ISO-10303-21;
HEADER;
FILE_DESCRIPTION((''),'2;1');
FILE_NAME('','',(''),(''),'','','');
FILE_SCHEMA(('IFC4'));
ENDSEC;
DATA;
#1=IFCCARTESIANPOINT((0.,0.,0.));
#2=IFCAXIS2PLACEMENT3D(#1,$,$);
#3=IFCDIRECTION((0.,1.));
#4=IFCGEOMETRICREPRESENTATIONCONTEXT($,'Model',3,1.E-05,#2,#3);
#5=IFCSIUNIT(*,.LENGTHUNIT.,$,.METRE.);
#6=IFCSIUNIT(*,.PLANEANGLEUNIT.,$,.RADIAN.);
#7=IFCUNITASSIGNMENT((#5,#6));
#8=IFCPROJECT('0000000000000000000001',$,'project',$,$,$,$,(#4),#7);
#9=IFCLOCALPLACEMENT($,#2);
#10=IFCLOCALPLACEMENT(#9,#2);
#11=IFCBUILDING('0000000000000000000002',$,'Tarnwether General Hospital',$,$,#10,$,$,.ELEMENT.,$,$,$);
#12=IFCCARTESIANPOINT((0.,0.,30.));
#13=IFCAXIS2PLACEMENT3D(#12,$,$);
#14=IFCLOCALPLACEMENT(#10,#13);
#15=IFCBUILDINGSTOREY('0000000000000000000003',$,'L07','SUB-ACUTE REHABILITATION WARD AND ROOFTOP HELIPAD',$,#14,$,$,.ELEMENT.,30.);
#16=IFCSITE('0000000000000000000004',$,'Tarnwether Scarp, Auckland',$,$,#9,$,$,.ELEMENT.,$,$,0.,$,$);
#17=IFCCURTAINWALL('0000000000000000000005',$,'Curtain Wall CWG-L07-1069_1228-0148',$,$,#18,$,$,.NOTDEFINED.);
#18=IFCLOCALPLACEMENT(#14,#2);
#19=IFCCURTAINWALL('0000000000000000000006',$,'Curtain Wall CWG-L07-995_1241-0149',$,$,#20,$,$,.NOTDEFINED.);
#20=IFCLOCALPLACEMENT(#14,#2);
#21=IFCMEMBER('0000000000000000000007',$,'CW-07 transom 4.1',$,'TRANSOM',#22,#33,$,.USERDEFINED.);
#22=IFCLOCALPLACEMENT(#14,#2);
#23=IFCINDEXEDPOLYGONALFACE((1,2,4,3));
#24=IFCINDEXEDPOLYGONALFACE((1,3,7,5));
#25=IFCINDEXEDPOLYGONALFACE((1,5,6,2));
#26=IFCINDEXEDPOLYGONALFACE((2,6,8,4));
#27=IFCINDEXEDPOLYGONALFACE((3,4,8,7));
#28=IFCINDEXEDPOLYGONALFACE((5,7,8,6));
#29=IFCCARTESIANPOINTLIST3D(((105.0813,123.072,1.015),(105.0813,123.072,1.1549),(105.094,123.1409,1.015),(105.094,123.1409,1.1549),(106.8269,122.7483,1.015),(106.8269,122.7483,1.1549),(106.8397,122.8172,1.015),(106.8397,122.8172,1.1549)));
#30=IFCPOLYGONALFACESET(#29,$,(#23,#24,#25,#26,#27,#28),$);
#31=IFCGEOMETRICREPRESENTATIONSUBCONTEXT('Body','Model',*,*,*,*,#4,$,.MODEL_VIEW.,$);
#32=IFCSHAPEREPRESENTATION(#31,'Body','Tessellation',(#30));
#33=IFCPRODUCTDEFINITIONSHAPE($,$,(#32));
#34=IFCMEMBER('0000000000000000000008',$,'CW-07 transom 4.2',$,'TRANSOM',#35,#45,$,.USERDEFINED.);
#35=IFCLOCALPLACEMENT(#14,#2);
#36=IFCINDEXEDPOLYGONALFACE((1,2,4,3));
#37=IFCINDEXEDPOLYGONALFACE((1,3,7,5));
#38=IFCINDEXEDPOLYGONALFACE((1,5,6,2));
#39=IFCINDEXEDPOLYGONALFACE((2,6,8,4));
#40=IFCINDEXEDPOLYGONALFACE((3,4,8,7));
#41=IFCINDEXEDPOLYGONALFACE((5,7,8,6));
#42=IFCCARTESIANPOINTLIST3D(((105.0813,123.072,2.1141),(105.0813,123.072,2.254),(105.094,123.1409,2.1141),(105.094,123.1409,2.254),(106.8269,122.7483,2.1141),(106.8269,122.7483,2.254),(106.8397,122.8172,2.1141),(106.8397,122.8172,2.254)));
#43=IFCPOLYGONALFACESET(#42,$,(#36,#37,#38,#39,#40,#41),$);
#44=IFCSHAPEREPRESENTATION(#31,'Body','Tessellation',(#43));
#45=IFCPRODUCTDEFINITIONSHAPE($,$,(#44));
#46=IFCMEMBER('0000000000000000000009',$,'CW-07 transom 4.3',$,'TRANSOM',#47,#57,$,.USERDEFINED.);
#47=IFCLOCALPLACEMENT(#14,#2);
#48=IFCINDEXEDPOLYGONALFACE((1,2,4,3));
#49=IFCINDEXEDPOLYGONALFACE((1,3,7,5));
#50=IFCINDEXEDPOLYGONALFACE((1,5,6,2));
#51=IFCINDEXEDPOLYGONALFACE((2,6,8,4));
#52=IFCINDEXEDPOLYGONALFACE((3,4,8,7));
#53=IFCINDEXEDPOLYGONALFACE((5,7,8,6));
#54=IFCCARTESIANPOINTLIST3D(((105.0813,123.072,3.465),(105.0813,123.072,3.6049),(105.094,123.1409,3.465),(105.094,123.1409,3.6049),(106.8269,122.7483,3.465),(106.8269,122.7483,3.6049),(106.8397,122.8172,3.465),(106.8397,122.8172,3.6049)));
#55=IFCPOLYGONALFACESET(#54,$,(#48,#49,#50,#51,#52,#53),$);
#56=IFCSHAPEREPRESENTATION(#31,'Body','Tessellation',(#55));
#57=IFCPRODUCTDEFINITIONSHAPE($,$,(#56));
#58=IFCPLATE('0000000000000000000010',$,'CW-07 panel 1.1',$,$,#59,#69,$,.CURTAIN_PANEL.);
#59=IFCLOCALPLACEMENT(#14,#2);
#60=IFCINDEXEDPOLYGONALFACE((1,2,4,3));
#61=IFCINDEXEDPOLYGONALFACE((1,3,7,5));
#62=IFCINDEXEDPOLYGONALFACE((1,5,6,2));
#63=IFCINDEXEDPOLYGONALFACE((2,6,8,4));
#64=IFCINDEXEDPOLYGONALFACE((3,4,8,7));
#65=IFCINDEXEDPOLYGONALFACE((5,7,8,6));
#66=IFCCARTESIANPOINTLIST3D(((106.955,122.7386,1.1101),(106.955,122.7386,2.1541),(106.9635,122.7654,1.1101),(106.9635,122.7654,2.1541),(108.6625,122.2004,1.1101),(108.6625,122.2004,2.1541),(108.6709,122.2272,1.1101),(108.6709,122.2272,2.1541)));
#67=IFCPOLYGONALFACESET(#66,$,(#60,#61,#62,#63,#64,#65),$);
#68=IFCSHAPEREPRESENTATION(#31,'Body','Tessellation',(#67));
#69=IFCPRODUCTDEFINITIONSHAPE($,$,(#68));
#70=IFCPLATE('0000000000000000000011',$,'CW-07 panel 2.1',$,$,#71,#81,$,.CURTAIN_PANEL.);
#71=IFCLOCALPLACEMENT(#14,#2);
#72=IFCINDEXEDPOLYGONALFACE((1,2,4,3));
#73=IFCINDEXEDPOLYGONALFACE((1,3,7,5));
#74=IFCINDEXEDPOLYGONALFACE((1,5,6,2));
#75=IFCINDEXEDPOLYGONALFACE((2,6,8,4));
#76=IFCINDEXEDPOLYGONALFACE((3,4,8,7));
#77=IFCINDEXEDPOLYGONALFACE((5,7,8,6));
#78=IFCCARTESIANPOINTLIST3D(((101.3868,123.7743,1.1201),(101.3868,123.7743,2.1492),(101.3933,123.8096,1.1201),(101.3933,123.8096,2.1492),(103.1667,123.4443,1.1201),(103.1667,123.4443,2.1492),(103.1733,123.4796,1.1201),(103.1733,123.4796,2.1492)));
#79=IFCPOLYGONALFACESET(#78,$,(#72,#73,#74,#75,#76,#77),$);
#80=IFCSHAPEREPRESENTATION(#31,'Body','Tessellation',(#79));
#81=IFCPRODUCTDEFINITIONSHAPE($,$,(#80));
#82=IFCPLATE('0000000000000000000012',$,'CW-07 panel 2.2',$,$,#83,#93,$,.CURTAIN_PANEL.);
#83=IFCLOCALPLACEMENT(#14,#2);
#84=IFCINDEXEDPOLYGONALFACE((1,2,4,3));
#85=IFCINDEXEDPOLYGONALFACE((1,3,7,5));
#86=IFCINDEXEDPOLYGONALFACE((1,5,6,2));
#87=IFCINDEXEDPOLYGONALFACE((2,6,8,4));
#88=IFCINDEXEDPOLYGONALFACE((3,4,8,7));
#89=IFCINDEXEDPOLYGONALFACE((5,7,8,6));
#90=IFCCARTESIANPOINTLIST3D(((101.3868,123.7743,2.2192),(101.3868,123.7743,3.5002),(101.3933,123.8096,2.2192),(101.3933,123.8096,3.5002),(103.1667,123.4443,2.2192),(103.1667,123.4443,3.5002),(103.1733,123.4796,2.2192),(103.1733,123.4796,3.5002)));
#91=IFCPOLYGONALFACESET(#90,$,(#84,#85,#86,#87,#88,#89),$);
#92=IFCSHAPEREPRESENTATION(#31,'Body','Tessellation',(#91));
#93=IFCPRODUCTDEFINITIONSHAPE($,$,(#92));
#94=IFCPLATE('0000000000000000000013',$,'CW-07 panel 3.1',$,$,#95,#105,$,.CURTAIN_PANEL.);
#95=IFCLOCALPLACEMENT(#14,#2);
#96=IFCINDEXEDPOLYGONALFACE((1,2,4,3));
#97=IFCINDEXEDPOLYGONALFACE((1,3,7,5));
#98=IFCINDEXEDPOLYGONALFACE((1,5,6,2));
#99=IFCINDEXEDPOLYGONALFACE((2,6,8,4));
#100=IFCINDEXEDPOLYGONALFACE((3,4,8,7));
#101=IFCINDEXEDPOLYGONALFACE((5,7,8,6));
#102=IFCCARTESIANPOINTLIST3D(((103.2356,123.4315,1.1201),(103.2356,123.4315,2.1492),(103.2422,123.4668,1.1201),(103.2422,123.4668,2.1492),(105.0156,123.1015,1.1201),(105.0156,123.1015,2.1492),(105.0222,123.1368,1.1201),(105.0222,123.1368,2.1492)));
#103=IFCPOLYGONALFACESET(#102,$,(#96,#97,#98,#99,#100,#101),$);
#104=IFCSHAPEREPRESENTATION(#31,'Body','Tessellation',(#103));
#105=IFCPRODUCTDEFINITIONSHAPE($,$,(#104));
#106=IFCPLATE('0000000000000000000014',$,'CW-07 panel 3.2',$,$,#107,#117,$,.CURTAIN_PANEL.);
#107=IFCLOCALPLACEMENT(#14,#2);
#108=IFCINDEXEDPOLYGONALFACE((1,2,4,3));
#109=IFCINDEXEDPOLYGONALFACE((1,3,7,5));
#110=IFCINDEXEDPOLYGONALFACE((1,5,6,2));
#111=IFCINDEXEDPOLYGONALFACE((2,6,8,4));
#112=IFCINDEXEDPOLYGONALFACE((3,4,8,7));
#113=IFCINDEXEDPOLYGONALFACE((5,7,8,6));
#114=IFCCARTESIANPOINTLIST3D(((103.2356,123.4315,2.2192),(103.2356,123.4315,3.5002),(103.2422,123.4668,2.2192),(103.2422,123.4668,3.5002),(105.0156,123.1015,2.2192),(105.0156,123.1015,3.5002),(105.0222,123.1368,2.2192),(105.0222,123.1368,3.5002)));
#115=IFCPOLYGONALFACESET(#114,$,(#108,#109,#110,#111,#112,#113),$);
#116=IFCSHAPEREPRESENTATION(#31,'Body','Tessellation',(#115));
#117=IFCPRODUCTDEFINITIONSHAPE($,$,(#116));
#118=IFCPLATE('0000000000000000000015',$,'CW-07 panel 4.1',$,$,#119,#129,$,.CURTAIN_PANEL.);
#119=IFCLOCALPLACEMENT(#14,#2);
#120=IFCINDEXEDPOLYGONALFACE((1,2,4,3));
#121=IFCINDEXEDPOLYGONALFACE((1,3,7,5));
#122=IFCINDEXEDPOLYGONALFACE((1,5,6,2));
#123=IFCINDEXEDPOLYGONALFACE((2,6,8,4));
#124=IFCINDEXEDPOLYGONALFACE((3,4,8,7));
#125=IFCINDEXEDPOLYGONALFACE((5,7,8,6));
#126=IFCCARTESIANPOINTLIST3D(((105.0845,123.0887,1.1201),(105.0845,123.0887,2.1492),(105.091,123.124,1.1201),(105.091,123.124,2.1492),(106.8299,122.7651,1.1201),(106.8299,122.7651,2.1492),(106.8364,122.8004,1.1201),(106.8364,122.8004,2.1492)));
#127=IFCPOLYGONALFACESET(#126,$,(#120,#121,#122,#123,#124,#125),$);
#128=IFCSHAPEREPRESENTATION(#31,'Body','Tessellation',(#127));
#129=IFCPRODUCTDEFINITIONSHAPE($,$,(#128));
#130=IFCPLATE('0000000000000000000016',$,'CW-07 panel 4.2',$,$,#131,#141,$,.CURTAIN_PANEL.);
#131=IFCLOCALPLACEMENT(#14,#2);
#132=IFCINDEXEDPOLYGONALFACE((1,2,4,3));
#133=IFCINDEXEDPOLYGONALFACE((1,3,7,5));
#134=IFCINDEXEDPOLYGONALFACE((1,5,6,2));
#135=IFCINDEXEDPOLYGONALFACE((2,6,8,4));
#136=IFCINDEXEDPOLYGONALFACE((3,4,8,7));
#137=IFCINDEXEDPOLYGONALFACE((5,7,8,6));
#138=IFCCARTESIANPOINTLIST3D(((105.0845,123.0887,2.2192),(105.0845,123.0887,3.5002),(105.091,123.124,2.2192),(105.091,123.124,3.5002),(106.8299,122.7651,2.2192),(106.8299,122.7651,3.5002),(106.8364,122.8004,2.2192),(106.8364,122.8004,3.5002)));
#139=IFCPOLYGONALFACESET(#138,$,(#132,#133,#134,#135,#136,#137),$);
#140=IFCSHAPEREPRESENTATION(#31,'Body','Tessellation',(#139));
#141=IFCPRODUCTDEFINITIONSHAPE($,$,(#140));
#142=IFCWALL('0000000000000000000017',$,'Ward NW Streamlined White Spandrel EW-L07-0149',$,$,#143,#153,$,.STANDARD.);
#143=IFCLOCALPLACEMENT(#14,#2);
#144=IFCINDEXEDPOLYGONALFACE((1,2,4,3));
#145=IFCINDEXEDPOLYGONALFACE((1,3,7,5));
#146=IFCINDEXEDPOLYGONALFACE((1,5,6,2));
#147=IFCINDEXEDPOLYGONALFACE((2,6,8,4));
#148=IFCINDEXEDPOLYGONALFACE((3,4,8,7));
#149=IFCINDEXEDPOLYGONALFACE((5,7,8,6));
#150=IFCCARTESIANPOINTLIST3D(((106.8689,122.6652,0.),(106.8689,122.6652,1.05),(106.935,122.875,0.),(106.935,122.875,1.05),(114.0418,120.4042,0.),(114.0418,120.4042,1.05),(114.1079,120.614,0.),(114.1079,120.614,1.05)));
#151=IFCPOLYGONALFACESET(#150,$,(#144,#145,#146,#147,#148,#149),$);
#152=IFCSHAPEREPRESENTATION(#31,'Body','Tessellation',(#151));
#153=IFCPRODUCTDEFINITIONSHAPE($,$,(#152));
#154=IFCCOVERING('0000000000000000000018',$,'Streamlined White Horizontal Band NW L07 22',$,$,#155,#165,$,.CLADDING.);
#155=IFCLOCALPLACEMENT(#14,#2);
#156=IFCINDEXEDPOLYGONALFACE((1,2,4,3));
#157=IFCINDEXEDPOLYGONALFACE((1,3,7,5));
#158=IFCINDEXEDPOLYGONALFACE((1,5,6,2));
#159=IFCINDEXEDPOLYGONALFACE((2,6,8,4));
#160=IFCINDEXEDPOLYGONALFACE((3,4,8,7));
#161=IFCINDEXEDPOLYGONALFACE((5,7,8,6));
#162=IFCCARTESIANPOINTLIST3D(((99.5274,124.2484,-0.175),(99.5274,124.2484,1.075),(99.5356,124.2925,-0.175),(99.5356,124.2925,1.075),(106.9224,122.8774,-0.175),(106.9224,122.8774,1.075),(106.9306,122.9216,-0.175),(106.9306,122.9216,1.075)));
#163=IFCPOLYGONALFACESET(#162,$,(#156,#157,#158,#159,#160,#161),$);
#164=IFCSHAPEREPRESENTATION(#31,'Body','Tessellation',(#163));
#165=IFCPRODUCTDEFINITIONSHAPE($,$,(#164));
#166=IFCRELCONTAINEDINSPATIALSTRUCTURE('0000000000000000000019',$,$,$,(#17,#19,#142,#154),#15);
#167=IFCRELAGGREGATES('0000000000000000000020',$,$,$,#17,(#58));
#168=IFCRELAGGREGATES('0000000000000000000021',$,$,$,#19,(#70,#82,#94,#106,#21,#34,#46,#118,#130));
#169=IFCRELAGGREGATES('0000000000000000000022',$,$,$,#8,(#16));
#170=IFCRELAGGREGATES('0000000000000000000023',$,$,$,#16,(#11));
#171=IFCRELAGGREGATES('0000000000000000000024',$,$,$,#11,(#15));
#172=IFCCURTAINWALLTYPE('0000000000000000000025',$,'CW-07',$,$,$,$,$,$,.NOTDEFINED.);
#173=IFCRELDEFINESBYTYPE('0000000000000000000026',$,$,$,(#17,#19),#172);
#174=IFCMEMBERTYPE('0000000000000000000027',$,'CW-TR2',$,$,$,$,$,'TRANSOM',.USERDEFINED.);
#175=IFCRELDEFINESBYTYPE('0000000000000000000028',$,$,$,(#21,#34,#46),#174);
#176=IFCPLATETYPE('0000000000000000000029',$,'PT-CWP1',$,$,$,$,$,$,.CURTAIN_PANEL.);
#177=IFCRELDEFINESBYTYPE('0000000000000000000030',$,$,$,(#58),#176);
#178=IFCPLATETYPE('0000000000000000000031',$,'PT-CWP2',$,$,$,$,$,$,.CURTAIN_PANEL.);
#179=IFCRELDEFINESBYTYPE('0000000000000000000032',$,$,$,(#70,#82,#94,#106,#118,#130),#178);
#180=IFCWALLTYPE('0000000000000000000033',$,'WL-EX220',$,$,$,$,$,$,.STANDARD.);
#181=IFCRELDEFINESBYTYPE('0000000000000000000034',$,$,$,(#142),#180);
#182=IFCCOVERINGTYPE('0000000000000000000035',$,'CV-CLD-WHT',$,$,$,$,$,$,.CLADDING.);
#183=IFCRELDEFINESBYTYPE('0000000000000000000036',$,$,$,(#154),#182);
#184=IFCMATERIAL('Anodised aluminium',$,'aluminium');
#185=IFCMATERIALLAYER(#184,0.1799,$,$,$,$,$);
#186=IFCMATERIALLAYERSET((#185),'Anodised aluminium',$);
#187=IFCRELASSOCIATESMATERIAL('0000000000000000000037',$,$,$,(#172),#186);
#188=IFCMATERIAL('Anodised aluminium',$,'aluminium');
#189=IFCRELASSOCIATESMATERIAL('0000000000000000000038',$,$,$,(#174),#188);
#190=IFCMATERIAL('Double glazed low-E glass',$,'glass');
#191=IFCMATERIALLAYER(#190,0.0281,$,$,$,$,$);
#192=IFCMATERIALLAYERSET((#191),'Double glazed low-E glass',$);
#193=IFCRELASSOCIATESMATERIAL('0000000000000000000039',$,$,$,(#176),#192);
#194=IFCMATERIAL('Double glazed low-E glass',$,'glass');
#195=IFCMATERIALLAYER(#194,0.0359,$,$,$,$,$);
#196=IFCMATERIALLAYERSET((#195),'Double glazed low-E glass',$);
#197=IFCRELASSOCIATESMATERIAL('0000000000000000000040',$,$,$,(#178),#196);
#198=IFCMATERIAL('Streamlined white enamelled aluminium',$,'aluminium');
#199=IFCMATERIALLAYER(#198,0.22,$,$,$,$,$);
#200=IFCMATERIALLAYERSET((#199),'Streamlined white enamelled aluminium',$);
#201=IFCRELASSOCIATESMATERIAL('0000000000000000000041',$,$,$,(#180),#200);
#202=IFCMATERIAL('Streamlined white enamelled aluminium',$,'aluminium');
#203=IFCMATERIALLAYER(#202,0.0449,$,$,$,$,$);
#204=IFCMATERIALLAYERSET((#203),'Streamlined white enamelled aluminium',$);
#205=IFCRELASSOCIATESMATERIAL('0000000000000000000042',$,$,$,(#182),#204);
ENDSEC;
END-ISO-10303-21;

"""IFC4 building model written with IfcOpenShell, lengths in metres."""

from ifc_helpers import new_model, si_unit, direction, frame, frame_2d, origin, origin_2d, place, context, subcontext, project, spatial, rectangle, extrude, material, layer, layer_set, material_profile, profile_set, type_object, element, aggregate, save


model = new_model("IFC4")

# Units and contexts
model_context = context("Model", 3, precision=1e-05, world=origin(), true_north=direction((0.0, 1.0)))
body_context = subcontext(model_context, "Body", "Model", "MODEL_VIEW")
ifc_project = project(units=[si_unit("LENGTHUNIT", "METRE"), si_unit("PLANEANGLEUNIT", "RADIAN")], contexts=[model_context])

# Site, building, storey
site_placement = place(None, origin())
site = spatial("IfcSite", under=ifc_project, at=site_placement, Name="Tarnwether Scarp, Auckland", CompositionType="ELEMENT", RefElevation=0.0)
building_placement = place(site_placement, origin())
building = spatial("IfcBuilding", under=site, at=building_placement, Name="Tarnwether General Hospital", CompositionType="ELEMENT")
storey_placement = place(building_placement, frame((0.0, 0.0, 30.0)))
storey = spatial("IfcBuildingStorey", under=building, at=storey_placement, Name="L07", Description="SUB-ACUTE REHABILITATION WARD AND ROOFTOP HELIPAD", CompositionType="ELEMENT", Elevation=30.0)

# Curtain wall
ifc_material_1 = material(Name="Anodised aluminium", Category="aluminium")
ifc_layer_1 = layer(ifc_material_1, 0.1799)
ifc_layer_set_1 = layer_set([ifc_layer_1], Name="Anodised aluminium")
curtain_wall_type = type_object("IfcCurtainWallType", Name="CW-07", PredefinedType="NOTDEFINED", material=ifc_layer_set_1)
curtain_wall_1_placement = place(storey_placement, origin())
curtain_wall_1 = element("IfcCurtainWall", 1, at=curtain_wall_1_placement, inside=storey, type_object=curtain_wall_type, Name="Curtain Wall CWG-L07-1069_1228-0148", PredefinedType="NOTDEFINED")

# Curtain wall
curtain_wall_2_placement = place(storey_placement, origin())
curtain_wall_2 = element("IfcCurtainWall", 2, at=curtain_wall_2_placement, inside=storey, type_object=curtain_wall_type, Name="Curtain Wall CWG-L07-995_1241-0149", PredefinedType="NOTDEFINED")

# Members
ifc_material_2 = material(Name="Anodised aluminium", Category="aluminium")
ifc_material_profile_1 = material_profile(ifc_material_2, rectangle(XDim=0.0701, YDim=0.1399, at=origin_2d()), Name="ALU-TRN-70x140")
ifc_profile_set_1 = profile_set([ifc_material_profile_1], Name="Anodised aluminium")
member_type_1 = type_object("IfcMemberType", Name="CW-TR2", ElementType="TRANSOM", PredefinedType="USERDEFINED", material=ifc_profile_set_1)
member_1_placement = place(storey_placement, frame((105.0876, 123.1064, 1.085), z_axis=(0.983235, -0.182345, 0.0), x_axis=(0.182345, 0.983235, 0.0)))
member_1 = element("IfcMember", 3, at=member_1_placement, type_object=member_type_1, Name="CW-07 transom 4.1", ObjectType="TRANSOM", PredefinedType="USERDEFINED", context=body_context, shape_type="SweptSolid", body=[
    extrude(rectangle(XDim=0.0701, YDim=0.1399, at=origin_2d()), origin(), (0.0, 0.0, 1.0), 1.7754),
])
member_2_placement = place(storey_placement, frame((105.0876, 123.1064, 2.1841), z_axis=(0.983235, -0.182345, 0.0), x_axis=(0.182345, 0.983235, 0.0)))
member_2 = element("IfcMember", 4, at=member_2_placement, type_object=member_type_1, Name="CW-07 transom 4.2", ObjectType="TRANSOM", PredefinedType="USERDEFINED", context=body_context, shape_type="SweptSolid", body=[
    extrude(rectangle(XDim=0.0701, YDim=0.1399, at=origin_2d()), origin(), (0.0, 0.0, 1.0), 1.7754),
])
member_3_placement = place(storey_placement, frame((105.0876, 123.1064, 3.5349), z_axis=(0.983235, -0.182345, 0.0), x_axis=(0.182345, 0.983235, 0.0)))
member_3 = element("IfcMember", 5, at=member_3_placement, type_object=member_type_1, Name="CW-07 transom 4.3", ObjectType="TRANSOM", PredefinedType="USERDEFINED", context=body_context, shape_type="SweptSolid", body=[
    extrude(rectangle(XDim=0.0701, YDim=0.1399, at=origin_2d()), origin(), (0.0, 0.0, 1.0), 1.7754),
])

# Plates
ifc_material_3 = material(Name="Double glazed low-E glass", Category="glass")
ifc_layer_2 = layer(ifc_material_3, 0.0281)
ifc_layer_set_2 = layer_set([ifc_layer_2], Name="Double glazed low-E glass")
plate_type_1 = type_object("IfcPlateType", Name="PT-CWP1", PredefinedType="CURTAIN_PANEL", material=ifc_layer_set_2)
plate_1_placement = place(storey_placement, frame((107.813, 122.4829, 1.1101), z_axis=(0.0, 0.0, 1.0), x_axis=(0.953741, -0.300629, 0.0)))
plate_1 = element("IfcPlate", 6, at=plate_1_placement, type_object=plate_type_1, Name="CW-07 panel 1.1", PredefinedType="CURTAIN_PANEL", context=body_context, shape_type="SweptSolid", body=[
    extrude(rectangle(XDim=1.7903, YDim=0.0281, at=origin_2d()), origin(), (0.0, 0.0, 1.0), 1.0439),
])
aggregate(curtain_wall_1, [plate_1])
ifc_material_4 = material(Name="Double glazed low-E glass", Category="glass")
ifc_layer_3 = layer(ifc_material_4, 0.0359)
ifc_layer_set_3 = layer_set([ifc_layer_3], Name="Double glazed low-E glass")
plate_type_2 = type_object("IfcPlateType", Name="PT-CWP2", PredefinedType="CURTAIN_PANEL", material=ifc_layer_set_3)
plate_2_placement = place(storey_placement, frame((102.28, 123.627, 1.1201), z_axis=(0.0, 0.0, 1.0), x_axis=(0.983245, -0.182289, 0.0)))
plate_2 = element("IfcPlate", 7, at=plate_2_placement, type_object=plate_type_2, Name="CW-07 panel 2.1", PredefinedType="CURTAIN_PANEL", context=body_context, shape_type="SweptSolid", body=[
    extrude(rectangle(XDim=1.8103, YDim=0.0359, at=origin_2d()), origin(), (0.0, 0.0, 1.0), 1.0291),
])
plate_3_placement = place(storey_placement, frame((102.28, 123.627, 2.2192), z_axis=(0.0, 0.0, 1.0), x_axis=(0.983245, -0.182289, 0.0)))
plate_3 = element("IfcPlate", 8, at=plate_3_placement, type_object=plate_type_2, Name="CW-07 panel 2.2", PredefinedType="CURTAIN_PANEL", context=body_context, shape_type="SweptSolid", body=[
    extrude(rectangle(XDim=1.8103, YDim=0.0359, at=origin_2d()), origin(), (0.0, 0.0, 1.0), 1.281),
])
plate_4_placement = place(storey_placement, frame((104.1289, 123.2842, 1.1201), z_axis=(0.0, 0.0, 1.0), x_axis=(0.983245, -0.182289, 0.0)))
plate_4 = element("IfcPlate", 9, at=plate_4_placement, type_object=plate_type_2, Name="CW-07 panel 3.1", PredefinedType="CURTAIN_PANEL", context=body_context, shape_type="SweptSolid", body=[
    extrude(rectangle(XDim=1.8103, YDim=0.0359, at=origin_2d()), origin(), (0.0, 0.0, 1.0), 1.0291),
])
plate_5_placement = place(storey_placement, frame((104.1289, 123.2842, 2.2192), z_axis=(0.0, 0.0, 1.0), x_axis=(0.983245, -0.182289, 0.0)))
plate_5 = element("IfcPlate", 10, at=plate_5_placement, type_object=plate_type_2, Name="CW-07 panel 3.2", PredefinedType="CURTAIN_PANEL", context=body_context, shape_type="SweptSolid", body=[
    extrude(rectangle(XDim=1.8103, YDim=0.0359, at=origin_2d()), origin(), (0.0, 0.0, 1.0), 1.281),
])
plate_6_placement = place(storey_placement, frame((105.9604, 122.9446, 1.1201), z_axis=(0.0, 0.0, 1.0), x_axis=(0.983245, -0.182289, 0.0)))
plate_6 = element("IfcPlate", 11, at=plate_6_placement, type_object=plate_type_2, Name="CW-07 panel 4.1", PredefinedType="CURTAIN_PANEL", context=body_context, shape_type="SweptSolid", body=[
    extrude(rectangle(XDim=1.7751, YDim=0.0359, at=origin_2d()), origin(), (0.0, 0.0, 1.0), 1.0291),
])
plate_7_placement = place(storey_placement, frame((105.9604, 122.9446, 2.2192), z_axis=(0.0, 0.0, 1.0), x_axis=(0.983245, -0.182289, 0.0)))
plate_7 = element("IfcPlate", 12, at=plate_7_placement, type_object=plate_type_2, Name="CW-07 panel 4.2", PredefinedType="CURTAIN_PANEL", context=body_context, shape_type="SweptSolid", body=[
    extrude(rectangle(XDim=1.7751, YDim=0.0359, at=origin_2d()), origin(), (0.0, 0.0, 1.0), 1.281),
])
aggregate(curtain_wall_2, [plate_2, plate_3, plate_4, plate_5, member_1, member_2, member_3, plate_6, plate_7])

# Wall
ifc_material_5 = material(Name="Streamlined white enamelled aluminium", Category="aluminium")
ifc_layer_4 = layer(ifc_material_5, 0.22)
ifc_layer_set_4 = layer_set([ifc_layer_4], Name="Streamlined white enamelled aluminium")
wall_type = type_object("IfcWallType", Name="WL-EX220", PredefinedType="STANDARD", material=ifc_layer_set_4)
wall_placement = place(storey_placement, frame((106.9021, 122.77, 0.0), z_axis=(0.0, 0.0, 1.0), x_axis=(0.95374, -0.300633, 0.0)))
element("IfcWall", 13, at=wall_placement, inside=storey, type_object=wall_type, Name="Ward NW Streamlined White Spandrel EW-L07-0149", PredefinedType="STANDARD", context=body_context, shape_type="SweptSolid", body=[
    extrude(rectangle(XDim=7.5208, YDim=0.22, at=frame_2d((3.7603, 0.0))), origin(), (0.0, 0.0, 1.0), 1.05),
])

# Covering
ifc_material_6 = material(Name="Streamlined white enamelled aluminium", Category="aluminium")
ifc_layer_5 = layer(ifc_material_6, 0.0449)
ifc_layer_set_5 = layer_set([ifc_layer_5], Name="Streamlined white enamelled aluminium")
covering_type = type_object("IfcCoveringType", Name="CV-CLD-WHT", PredefinedType="CLADDING", material=ifc_layer_set_5)
covering_placement = place(storey_placement, frame((103.229, 123.585, -0.175), z_axis=(0.0, 0.0, 1.0), x_axis=(0.983245, -0.182287, 0.0)))
element("IfcCovering", 14, at=covering_placement, inside=storey, type_object=covering_type, Name="Streamlined White Horizontal Band NW L07 22", PredefinedType="CLADDING", context=body_context, shape_type="SweptSolid", body=[
    extrude(rectangle(XDim=7.521, YDim=0.0449, at=origin_2d()), origin(), (0.0, 0.0, 1.0), 1.25),
])

save(model, "model.ifc")
